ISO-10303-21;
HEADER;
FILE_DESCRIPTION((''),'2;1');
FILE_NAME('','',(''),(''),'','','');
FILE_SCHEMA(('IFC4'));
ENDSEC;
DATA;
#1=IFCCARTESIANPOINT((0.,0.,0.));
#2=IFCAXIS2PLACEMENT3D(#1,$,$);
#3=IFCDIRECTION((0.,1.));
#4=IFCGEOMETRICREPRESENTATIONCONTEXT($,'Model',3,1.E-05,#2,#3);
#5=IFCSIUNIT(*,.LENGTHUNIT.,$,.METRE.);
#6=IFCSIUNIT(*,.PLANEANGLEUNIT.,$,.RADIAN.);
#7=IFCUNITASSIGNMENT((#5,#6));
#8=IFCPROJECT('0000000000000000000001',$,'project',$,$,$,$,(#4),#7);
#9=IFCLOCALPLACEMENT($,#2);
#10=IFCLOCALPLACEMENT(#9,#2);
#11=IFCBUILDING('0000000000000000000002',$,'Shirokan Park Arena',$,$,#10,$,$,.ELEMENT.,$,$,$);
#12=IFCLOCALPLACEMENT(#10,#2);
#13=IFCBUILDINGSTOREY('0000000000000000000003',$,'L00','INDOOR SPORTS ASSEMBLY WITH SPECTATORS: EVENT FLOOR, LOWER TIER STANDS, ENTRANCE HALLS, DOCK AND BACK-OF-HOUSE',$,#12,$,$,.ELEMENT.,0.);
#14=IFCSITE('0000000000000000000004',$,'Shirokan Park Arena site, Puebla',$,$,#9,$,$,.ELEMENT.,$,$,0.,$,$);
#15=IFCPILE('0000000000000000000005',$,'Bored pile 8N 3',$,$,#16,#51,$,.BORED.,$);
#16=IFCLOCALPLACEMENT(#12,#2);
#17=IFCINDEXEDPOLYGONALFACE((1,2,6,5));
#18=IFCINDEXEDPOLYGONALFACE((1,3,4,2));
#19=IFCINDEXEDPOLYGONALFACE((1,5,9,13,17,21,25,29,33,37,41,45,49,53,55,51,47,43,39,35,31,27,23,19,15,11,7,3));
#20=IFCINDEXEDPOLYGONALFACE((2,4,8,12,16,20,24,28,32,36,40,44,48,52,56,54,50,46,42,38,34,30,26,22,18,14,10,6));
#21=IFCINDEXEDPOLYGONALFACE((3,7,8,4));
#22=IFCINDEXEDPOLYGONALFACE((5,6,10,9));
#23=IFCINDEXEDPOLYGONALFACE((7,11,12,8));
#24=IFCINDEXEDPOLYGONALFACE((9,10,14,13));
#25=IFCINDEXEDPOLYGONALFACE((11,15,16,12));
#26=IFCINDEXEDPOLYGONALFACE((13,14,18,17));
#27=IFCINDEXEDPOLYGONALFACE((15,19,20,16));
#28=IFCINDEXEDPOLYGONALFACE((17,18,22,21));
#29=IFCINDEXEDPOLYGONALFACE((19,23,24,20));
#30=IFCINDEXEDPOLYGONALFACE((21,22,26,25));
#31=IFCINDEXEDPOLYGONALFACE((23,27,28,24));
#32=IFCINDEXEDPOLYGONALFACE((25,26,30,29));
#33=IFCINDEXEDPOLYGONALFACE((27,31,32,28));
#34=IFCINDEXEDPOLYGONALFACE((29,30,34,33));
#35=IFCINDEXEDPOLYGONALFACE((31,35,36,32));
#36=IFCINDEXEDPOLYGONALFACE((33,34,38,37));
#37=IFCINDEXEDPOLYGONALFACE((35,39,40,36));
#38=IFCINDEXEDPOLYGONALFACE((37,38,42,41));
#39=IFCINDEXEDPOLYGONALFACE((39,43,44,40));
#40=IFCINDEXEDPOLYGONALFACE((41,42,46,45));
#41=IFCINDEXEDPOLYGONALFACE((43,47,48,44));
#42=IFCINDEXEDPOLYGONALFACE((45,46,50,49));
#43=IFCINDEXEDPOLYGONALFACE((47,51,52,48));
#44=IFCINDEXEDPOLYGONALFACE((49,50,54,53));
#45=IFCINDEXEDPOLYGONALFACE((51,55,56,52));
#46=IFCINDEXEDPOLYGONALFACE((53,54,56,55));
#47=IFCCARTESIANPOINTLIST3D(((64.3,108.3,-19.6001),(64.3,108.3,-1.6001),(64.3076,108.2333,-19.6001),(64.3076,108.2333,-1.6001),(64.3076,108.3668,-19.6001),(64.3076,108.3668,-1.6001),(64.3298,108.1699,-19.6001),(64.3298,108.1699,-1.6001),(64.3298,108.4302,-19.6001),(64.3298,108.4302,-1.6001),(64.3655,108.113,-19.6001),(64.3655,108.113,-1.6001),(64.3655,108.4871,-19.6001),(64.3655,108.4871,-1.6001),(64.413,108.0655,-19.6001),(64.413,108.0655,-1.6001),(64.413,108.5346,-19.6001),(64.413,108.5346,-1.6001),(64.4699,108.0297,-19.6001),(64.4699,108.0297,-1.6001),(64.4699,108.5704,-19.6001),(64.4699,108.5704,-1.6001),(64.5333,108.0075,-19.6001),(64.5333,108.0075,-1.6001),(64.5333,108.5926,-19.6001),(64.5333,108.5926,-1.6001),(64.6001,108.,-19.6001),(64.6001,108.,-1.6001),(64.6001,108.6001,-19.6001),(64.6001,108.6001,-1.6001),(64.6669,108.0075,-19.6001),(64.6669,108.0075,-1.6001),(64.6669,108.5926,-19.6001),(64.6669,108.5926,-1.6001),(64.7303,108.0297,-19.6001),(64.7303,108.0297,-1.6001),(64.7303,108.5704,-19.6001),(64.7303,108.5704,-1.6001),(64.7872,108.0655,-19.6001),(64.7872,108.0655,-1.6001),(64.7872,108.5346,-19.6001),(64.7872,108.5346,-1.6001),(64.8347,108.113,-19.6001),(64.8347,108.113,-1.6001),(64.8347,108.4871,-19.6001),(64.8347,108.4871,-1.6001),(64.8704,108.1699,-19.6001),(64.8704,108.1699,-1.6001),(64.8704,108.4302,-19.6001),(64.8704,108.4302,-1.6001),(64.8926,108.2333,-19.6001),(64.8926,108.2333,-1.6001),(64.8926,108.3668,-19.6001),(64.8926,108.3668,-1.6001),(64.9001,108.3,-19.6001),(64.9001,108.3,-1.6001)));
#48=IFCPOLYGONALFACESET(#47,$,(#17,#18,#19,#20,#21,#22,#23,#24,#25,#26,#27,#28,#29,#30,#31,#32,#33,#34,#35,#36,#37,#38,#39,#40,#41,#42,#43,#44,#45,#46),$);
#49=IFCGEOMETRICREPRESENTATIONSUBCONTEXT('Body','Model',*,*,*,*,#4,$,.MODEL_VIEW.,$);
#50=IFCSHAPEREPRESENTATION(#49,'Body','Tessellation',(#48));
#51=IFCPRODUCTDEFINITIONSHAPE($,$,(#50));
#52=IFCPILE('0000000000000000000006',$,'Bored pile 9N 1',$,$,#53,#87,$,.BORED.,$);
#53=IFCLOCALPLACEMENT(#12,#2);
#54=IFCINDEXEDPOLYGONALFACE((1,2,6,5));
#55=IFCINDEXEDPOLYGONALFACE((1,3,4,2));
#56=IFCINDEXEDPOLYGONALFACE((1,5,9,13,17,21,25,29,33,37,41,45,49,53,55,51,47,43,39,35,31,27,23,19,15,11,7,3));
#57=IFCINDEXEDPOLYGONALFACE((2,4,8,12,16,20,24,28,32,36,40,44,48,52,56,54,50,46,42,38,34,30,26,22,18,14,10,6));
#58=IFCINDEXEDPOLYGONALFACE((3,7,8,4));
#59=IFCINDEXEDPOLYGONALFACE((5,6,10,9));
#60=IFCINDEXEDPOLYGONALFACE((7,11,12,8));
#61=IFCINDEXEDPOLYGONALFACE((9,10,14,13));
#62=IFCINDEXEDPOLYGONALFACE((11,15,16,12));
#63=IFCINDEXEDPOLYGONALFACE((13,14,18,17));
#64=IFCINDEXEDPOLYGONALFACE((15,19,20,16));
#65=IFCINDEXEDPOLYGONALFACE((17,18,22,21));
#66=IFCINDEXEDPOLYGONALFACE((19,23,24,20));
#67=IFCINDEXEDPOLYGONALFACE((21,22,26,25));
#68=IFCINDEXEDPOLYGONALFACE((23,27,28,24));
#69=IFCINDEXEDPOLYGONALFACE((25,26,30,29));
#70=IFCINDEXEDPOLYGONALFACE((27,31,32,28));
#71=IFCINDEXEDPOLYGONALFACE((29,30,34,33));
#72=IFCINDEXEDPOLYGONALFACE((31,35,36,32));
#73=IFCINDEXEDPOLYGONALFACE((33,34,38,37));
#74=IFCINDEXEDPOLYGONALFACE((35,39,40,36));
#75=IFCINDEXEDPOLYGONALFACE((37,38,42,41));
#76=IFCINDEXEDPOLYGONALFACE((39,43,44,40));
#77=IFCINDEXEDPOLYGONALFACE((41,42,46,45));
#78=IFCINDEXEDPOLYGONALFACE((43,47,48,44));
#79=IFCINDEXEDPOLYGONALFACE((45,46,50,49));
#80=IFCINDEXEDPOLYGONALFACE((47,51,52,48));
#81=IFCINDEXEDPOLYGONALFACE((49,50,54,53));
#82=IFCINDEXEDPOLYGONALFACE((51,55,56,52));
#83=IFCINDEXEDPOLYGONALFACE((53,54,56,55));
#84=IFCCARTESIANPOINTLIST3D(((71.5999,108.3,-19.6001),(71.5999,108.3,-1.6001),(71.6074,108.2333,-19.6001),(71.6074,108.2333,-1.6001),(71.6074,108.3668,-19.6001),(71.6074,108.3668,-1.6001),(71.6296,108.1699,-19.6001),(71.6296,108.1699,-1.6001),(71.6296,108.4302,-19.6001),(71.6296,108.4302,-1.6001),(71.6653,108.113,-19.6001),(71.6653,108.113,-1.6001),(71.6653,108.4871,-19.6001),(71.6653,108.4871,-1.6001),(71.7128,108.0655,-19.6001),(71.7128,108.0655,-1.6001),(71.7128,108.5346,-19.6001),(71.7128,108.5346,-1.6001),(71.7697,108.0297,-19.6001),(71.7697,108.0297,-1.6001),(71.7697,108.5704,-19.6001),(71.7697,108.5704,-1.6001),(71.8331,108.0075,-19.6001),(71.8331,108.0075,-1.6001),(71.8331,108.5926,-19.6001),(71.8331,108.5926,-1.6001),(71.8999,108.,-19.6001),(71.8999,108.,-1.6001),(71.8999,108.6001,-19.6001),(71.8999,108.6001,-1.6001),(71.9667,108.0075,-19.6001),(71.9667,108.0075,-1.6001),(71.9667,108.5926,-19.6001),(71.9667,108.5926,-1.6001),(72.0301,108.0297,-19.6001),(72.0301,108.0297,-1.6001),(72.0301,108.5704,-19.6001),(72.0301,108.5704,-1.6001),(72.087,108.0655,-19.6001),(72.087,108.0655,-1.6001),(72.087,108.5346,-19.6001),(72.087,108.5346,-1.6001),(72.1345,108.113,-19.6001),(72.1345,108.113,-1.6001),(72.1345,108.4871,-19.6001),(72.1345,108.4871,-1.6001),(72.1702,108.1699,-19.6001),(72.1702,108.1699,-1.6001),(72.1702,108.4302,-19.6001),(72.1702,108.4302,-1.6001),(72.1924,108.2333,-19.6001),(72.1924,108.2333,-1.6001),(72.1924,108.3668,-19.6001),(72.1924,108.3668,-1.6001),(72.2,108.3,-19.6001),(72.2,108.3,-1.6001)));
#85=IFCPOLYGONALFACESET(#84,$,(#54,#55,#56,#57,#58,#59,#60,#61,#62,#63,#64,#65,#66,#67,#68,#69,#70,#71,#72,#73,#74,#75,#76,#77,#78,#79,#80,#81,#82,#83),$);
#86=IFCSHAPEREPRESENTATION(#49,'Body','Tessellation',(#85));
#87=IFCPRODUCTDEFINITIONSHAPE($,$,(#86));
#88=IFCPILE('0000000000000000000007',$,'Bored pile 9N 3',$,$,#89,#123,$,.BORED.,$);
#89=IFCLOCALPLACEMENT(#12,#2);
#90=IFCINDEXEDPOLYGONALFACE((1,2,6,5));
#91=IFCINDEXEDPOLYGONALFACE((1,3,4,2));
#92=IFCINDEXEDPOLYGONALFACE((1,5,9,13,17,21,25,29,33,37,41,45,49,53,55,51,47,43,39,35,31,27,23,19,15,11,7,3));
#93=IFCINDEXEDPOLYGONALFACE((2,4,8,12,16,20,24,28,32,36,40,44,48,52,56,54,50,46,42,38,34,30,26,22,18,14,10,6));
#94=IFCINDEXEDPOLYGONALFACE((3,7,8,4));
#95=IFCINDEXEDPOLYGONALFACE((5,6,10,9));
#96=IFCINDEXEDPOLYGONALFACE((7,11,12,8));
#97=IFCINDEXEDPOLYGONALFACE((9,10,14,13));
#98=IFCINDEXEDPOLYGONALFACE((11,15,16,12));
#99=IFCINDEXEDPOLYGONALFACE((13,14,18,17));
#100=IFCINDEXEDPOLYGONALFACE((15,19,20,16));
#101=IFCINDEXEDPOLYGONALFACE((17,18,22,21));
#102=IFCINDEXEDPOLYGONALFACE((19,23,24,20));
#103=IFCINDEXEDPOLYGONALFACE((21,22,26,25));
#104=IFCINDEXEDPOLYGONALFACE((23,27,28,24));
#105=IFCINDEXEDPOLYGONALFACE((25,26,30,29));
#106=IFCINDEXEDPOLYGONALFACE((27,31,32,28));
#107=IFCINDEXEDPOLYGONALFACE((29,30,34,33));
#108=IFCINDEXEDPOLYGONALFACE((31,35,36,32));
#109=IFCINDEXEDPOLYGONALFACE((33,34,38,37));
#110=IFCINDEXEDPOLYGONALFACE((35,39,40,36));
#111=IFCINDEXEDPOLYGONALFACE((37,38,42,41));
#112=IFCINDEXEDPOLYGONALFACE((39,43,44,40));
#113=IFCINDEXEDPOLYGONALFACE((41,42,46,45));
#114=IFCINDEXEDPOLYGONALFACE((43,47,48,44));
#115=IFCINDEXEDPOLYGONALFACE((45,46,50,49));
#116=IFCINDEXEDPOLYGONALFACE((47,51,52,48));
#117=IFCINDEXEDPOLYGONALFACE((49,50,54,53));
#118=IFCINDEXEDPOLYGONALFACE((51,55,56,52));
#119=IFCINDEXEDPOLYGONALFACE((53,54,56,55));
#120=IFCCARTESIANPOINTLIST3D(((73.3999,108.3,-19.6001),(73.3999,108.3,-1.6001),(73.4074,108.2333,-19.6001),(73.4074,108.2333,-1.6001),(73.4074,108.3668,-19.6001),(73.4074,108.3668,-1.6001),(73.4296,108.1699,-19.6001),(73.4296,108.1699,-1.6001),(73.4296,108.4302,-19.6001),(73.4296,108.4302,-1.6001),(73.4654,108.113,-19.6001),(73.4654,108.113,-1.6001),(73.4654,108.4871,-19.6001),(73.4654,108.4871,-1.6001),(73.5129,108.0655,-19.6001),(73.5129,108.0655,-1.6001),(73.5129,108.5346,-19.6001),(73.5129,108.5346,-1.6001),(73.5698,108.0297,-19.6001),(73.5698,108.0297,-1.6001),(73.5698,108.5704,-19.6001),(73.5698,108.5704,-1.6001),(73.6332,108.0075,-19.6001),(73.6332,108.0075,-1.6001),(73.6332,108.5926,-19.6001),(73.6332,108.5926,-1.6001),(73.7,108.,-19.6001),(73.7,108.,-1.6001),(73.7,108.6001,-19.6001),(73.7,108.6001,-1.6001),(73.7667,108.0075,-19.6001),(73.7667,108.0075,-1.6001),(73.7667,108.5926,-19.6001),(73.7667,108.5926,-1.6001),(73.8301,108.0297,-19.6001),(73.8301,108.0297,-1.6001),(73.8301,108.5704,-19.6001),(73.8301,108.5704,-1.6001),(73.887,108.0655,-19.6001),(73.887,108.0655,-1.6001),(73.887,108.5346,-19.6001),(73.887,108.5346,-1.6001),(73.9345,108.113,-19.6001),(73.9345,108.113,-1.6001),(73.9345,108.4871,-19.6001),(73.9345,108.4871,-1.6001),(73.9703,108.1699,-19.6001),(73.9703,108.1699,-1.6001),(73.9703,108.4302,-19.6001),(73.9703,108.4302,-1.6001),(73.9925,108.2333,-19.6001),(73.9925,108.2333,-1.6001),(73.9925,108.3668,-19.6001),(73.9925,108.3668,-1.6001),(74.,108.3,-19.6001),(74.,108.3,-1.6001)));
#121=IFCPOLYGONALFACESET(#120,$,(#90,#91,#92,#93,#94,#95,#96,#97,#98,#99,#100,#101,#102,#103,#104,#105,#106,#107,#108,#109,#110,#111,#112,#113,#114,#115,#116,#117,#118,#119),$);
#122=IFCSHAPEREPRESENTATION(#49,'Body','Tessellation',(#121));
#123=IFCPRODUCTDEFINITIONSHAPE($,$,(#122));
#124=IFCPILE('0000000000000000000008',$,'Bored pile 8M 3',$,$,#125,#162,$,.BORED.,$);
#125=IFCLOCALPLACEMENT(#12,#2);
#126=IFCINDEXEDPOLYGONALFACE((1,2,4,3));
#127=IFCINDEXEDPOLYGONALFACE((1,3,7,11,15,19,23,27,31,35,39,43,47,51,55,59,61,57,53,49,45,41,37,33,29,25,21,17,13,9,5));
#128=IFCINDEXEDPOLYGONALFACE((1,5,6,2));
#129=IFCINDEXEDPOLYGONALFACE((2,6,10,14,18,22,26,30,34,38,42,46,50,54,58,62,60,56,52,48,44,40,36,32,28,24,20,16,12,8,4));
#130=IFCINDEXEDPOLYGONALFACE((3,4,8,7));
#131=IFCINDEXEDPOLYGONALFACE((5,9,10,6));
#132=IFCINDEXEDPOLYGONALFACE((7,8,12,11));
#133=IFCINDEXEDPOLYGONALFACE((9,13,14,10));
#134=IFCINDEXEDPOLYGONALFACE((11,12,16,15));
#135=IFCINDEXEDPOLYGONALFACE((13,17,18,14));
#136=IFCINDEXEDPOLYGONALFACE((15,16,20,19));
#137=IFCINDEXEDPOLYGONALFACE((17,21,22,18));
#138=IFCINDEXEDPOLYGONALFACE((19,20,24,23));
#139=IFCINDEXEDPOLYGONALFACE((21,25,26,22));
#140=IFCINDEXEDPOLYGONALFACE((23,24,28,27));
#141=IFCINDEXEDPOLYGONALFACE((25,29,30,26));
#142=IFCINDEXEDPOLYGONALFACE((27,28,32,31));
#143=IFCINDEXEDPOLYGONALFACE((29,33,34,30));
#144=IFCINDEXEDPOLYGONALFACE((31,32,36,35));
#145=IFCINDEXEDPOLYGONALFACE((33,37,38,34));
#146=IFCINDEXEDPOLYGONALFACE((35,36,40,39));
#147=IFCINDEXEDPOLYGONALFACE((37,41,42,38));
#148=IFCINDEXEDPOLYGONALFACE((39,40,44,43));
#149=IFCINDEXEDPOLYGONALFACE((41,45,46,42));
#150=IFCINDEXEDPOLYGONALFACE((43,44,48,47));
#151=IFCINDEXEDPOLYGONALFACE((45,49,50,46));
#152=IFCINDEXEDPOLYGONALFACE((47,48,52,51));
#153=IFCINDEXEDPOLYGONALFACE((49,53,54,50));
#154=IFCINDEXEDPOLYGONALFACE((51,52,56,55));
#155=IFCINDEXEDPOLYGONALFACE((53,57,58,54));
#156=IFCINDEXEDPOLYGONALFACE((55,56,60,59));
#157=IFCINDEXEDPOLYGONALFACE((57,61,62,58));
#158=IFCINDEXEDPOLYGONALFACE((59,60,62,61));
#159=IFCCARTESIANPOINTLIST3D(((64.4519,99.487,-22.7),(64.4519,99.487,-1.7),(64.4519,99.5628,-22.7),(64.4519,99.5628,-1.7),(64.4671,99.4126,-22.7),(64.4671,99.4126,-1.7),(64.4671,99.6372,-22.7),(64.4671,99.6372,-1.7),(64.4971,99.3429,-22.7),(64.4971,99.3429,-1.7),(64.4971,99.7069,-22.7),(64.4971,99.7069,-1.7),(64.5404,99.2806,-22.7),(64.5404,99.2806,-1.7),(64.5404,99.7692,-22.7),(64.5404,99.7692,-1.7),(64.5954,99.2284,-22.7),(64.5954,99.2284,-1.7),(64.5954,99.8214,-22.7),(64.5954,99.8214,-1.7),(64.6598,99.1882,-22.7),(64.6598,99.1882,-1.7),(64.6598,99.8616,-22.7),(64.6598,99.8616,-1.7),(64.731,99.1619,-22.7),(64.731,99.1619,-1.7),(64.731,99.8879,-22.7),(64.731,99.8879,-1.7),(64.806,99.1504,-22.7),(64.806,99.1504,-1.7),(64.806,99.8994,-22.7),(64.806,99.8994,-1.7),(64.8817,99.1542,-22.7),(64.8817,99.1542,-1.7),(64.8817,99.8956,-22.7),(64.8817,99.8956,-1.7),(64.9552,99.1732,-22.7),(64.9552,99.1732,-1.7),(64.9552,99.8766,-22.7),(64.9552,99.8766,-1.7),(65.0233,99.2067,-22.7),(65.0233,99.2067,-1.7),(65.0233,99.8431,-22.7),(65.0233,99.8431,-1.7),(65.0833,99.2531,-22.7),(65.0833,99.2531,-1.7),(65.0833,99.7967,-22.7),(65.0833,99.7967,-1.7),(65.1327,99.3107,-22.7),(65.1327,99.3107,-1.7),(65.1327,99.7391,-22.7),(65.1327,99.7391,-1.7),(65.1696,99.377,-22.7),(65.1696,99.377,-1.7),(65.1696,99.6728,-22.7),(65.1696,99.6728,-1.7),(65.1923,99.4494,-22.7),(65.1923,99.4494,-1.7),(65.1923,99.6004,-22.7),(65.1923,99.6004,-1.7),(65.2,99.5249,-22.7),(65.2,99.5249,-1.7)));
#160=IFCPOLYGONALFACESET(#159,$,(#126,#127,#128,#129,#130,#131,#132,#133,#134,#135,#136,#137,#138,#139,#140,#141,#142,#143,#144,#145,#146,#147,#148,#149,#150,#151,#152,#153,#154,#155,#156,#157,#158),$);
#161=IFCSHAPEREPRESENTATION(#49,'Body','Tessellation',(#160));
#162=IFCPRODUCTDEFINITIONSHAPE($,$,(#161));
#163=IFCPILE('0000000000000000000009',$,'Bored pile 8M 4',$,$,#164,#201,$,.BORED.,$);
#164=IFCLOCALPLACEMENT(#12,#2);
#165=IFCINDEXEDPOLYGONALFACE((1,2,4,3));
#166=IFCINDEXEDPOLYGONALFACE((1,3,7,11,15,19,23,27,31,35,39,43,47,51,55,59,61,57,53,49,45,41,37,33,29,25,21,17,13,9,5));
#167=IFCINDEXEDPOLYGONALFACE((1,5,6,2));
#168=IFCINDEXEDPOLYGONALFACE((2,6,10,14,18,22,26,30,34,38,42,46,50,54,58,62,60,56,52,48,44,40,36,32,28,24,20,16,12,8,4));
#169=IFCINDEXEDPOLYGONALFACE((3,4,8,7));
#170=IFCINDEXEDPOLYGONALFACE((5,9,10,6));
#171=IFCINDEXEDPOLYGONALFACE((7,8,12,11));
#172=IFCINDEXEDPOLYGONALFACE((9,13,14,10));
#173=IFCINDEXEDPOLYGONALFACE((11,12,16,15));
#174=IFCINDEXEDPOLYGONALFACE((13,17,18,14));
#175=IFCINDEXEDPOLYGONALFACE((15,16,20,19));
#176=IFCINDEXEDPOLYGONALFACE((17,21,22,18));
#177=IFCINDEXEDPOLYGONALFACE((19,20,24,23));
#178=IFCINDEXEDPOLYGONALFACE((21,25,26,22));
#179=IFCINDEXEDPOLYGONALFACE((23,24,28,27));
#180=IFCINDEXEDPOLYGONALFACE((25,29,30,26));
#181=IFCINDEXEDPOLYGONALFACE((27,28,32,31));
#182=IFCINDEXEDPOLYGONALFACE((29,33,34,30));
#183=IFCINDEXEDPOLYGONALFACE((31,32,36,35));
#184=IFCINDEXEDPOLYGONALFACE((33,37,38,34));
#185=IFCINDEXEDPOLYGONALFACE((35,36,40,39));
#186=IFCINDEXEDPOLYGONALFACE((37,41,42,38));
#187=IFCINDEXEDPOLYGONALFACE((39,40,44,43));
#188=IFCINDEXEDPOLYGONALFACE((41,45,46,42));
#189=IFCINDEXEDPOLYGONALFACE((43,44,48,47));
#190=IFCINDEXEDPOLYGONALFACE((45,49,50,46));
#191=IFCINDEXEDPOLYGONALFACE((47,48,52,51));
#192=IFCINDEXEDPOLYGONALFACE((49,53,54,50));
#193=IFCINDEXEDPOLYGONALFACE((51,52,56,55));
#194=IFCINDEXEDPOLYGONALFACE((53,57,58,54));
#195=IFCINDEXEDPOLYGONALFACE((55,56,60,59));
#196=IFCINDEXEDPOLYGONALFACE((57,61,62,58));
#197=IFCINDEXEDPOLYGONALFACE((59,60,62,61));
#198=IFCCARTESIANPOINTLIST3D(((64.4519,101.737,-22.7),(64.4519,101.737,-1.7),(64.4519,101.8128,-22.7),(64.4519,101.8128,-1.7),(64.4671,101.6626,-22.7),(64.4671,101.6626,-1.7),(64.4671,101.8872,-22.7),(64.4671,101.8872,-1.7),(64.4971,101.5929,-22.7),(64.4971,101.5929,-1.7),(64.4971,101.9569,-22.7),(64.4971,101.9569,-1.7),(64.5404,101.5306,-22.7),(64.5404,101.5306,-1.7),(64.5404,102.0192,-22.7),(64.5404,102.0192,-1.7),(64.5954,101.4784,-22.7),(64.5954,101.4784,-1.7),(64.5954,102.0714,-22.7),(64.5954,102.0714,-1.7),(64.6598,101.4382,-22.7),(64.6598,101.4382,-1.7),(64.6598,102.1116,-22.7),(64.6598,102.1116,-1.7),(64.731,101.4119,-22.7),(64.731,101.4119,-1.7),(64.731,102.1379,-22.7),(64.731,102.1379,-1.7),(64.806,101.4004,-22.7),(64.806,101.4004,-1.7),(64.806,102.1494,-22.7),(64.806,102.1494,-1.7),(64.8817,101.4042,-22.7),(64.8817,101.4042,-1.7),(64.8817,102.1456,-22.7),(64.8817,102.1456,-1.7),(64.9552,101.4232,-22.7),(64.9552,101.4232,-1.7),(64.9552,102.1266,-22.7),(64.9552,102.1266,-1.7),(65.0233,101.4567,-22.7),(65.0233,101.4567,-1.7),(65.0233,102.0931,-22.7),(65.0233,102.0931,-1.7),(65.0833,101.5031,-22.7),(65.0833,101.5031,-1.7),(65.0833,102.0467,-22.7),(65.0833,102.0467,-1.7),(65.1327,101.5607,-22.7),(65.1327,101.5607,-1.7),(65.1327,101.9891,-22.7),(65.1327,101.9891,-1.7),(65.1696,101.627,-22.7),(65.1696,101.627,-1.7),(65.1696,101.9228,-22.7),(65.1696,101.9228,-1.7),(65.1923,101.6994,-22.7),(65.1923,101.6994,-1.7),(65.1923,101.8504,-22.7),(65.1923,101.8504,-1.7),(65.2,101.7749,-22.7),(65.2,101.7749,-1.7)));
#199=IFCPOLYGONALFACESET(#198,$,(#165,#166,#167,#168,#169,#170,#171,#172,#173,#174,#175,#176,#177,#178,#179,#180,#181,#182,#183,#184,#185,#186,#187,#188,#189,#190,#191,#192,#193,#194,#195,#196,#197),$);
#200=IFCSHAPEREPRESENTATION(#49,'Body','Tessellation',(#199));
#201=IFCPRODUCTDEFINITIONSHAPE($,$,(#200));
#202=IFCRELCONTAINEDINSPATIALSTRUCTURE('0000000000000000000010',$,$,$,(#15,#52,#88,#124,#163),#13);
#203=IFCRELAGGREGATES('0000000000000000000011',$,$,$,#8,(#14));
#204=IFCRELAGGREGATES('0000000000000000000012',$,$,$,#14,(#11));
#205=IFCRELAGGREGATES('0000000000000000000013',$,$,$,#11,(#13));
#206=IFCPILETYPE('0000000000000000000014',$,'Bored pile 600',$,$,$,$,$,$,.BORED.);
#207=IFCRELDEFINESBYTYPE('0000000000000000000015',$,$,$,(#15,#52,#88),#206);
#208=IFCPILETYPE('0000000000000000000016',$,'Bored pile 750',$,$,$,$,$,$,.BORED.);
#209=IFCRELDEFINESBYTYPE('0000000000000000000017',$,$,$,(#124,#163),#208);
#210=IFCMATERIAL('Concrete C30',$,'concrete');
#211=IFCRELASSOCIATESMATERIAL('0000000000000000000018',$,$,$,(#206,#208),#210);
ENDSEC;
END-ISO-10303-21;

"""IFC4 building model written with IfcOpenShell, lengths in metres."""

from ifc_helpers import new_model, si_unit, direction, frame, origin, origin_2d, place, context, subcontext, project, spatial, circle, extrude, material, material_profile, profile_set, type_object, element, save


model = new_model("IFC4")

# Units and contexts
model_context = context("Model", 3, precision=1e-05, world=origin(), true_north=direction((0.0, 1.0)))
body_context = subcontext(model_context, "Body", "Model", "MODEL_VIEW")
ifc_project = project(units=[si_unit("LENGTHUNIT", "METRE"), si_unit("PLANEANGLEUNIT", "RADIAN")], contexts=[model_context])

# Site, building, storey
site_placement = place(None, origin())
site = spatial("IfcSite", under=ifc_project, at=site_placement, Name="Shirokan Park Arena site, Puebla", CompositionType="ELEMENT", RefElevation=0.0)
building_placement = place(site_placement, origin())
building = spatial("IfcBuilding", under=site, at=building_placement, Name="Shirokan Park Arena", CompositionType="ELEMENT")
storey_placement = place(building_placement, origin())
storey = spatial("IfcBuildingStorey", under=building, at=storey_placement, Name="L00", Description="INDOOR SPORTS ASSEMBLY WITH SPECTATORS: EVENT FLOOR, LOWER TIER STANDS, ENTRANCE HALLS, DOCK AND BACK-OF-HOUSE", CompositionType="ELEMENT", Elevation=0.0)

# Piles
ifc_material_1 = material(Name="Concrete C30", Category="concrete")
ifc_material_profile_1 = material_profile(ifc_material_1, circle(Radius=0.3, at=origin_2d()), Name="D600")
ifc_profile_set_1 = profile_set([ifc_material_profile_1], Name="Concrete C30")
pile_type_1 = type_object("IfcPileType", Name="Bored pile 600", PredefinedType="BORED", material=ifc_profile_set_1)
for number, where, z_axis, x_axis, name in (
    (1, (64.6001, 108.3, -1.6001), (0.0, 0.0, -1.0), (1.0, 0.0, 0.0), "Bored pile 8N 3"),
    (2, (71.8999, 108.3, -1.6001), (0.0, 0.0, -1.0), (1.0, 0.0, 0.0), "Bored pile 9N 1"),
    (3, (73.7, 108.3, -1.6001), (0.0, 0.0, -1.0), (1.0, 0.0, 0.0), "Bored pile 9N 3"),
):
    element("IfcPile", number, at=place(storey_placement, frame(where, z_axis=z_axis, x_axis=x_axis)), inside=storey, type_object=pile_type_1, Name=name, PredefinedType="BORED", context=body_context, shape_type="SweptSolid", body=[
        extrude(circle(Radius=0.3, at=origin_2d()), origin(), (0.0, 0.0, 1.0), 18.0),
    ])
ifc_material_profile_2 = material_profile(ifc_material_1, circle(Radius=0.375, at=origin_2d()), Name="D750")
ifc_profile_set_2 = profile_set([ifc_material_profile_2], Name="Concrete C30")
pile_type_2 = type_object("IfcPileType", Name="Bored pile 750", PredefinedType="BORED", material=ifc_profile_set_2)
for number, where, z_axis, x_axis, name in (
    (4, (64.825, 99.5249, -1.7), (0.0, 0.0, -1.0), (1.0, 0.0, 0.0), "Bored pile 8M 3"),
    (5, (64.825, 101.7749, -1.7), (0.0, 0.0, -1.0), (1.0, 0.0, 0.0), "Bored pile 8M 4"),
):
    element("IfcPile", number, at=place(storey_placement, frame(where, z_axis=z_axis, x_axis=x_axis)), inside=storey, type_object=pile_type_2, Name=name, PredefinedType="BORED", context=body_context, shape_type="SweptSolid", body=[
        extrude(circle(Radius=0.375, at=origin_2d()), origin(), (0.0, 0.0, 1.0), 21.0),
    ])

save(model, "model.ifc")
